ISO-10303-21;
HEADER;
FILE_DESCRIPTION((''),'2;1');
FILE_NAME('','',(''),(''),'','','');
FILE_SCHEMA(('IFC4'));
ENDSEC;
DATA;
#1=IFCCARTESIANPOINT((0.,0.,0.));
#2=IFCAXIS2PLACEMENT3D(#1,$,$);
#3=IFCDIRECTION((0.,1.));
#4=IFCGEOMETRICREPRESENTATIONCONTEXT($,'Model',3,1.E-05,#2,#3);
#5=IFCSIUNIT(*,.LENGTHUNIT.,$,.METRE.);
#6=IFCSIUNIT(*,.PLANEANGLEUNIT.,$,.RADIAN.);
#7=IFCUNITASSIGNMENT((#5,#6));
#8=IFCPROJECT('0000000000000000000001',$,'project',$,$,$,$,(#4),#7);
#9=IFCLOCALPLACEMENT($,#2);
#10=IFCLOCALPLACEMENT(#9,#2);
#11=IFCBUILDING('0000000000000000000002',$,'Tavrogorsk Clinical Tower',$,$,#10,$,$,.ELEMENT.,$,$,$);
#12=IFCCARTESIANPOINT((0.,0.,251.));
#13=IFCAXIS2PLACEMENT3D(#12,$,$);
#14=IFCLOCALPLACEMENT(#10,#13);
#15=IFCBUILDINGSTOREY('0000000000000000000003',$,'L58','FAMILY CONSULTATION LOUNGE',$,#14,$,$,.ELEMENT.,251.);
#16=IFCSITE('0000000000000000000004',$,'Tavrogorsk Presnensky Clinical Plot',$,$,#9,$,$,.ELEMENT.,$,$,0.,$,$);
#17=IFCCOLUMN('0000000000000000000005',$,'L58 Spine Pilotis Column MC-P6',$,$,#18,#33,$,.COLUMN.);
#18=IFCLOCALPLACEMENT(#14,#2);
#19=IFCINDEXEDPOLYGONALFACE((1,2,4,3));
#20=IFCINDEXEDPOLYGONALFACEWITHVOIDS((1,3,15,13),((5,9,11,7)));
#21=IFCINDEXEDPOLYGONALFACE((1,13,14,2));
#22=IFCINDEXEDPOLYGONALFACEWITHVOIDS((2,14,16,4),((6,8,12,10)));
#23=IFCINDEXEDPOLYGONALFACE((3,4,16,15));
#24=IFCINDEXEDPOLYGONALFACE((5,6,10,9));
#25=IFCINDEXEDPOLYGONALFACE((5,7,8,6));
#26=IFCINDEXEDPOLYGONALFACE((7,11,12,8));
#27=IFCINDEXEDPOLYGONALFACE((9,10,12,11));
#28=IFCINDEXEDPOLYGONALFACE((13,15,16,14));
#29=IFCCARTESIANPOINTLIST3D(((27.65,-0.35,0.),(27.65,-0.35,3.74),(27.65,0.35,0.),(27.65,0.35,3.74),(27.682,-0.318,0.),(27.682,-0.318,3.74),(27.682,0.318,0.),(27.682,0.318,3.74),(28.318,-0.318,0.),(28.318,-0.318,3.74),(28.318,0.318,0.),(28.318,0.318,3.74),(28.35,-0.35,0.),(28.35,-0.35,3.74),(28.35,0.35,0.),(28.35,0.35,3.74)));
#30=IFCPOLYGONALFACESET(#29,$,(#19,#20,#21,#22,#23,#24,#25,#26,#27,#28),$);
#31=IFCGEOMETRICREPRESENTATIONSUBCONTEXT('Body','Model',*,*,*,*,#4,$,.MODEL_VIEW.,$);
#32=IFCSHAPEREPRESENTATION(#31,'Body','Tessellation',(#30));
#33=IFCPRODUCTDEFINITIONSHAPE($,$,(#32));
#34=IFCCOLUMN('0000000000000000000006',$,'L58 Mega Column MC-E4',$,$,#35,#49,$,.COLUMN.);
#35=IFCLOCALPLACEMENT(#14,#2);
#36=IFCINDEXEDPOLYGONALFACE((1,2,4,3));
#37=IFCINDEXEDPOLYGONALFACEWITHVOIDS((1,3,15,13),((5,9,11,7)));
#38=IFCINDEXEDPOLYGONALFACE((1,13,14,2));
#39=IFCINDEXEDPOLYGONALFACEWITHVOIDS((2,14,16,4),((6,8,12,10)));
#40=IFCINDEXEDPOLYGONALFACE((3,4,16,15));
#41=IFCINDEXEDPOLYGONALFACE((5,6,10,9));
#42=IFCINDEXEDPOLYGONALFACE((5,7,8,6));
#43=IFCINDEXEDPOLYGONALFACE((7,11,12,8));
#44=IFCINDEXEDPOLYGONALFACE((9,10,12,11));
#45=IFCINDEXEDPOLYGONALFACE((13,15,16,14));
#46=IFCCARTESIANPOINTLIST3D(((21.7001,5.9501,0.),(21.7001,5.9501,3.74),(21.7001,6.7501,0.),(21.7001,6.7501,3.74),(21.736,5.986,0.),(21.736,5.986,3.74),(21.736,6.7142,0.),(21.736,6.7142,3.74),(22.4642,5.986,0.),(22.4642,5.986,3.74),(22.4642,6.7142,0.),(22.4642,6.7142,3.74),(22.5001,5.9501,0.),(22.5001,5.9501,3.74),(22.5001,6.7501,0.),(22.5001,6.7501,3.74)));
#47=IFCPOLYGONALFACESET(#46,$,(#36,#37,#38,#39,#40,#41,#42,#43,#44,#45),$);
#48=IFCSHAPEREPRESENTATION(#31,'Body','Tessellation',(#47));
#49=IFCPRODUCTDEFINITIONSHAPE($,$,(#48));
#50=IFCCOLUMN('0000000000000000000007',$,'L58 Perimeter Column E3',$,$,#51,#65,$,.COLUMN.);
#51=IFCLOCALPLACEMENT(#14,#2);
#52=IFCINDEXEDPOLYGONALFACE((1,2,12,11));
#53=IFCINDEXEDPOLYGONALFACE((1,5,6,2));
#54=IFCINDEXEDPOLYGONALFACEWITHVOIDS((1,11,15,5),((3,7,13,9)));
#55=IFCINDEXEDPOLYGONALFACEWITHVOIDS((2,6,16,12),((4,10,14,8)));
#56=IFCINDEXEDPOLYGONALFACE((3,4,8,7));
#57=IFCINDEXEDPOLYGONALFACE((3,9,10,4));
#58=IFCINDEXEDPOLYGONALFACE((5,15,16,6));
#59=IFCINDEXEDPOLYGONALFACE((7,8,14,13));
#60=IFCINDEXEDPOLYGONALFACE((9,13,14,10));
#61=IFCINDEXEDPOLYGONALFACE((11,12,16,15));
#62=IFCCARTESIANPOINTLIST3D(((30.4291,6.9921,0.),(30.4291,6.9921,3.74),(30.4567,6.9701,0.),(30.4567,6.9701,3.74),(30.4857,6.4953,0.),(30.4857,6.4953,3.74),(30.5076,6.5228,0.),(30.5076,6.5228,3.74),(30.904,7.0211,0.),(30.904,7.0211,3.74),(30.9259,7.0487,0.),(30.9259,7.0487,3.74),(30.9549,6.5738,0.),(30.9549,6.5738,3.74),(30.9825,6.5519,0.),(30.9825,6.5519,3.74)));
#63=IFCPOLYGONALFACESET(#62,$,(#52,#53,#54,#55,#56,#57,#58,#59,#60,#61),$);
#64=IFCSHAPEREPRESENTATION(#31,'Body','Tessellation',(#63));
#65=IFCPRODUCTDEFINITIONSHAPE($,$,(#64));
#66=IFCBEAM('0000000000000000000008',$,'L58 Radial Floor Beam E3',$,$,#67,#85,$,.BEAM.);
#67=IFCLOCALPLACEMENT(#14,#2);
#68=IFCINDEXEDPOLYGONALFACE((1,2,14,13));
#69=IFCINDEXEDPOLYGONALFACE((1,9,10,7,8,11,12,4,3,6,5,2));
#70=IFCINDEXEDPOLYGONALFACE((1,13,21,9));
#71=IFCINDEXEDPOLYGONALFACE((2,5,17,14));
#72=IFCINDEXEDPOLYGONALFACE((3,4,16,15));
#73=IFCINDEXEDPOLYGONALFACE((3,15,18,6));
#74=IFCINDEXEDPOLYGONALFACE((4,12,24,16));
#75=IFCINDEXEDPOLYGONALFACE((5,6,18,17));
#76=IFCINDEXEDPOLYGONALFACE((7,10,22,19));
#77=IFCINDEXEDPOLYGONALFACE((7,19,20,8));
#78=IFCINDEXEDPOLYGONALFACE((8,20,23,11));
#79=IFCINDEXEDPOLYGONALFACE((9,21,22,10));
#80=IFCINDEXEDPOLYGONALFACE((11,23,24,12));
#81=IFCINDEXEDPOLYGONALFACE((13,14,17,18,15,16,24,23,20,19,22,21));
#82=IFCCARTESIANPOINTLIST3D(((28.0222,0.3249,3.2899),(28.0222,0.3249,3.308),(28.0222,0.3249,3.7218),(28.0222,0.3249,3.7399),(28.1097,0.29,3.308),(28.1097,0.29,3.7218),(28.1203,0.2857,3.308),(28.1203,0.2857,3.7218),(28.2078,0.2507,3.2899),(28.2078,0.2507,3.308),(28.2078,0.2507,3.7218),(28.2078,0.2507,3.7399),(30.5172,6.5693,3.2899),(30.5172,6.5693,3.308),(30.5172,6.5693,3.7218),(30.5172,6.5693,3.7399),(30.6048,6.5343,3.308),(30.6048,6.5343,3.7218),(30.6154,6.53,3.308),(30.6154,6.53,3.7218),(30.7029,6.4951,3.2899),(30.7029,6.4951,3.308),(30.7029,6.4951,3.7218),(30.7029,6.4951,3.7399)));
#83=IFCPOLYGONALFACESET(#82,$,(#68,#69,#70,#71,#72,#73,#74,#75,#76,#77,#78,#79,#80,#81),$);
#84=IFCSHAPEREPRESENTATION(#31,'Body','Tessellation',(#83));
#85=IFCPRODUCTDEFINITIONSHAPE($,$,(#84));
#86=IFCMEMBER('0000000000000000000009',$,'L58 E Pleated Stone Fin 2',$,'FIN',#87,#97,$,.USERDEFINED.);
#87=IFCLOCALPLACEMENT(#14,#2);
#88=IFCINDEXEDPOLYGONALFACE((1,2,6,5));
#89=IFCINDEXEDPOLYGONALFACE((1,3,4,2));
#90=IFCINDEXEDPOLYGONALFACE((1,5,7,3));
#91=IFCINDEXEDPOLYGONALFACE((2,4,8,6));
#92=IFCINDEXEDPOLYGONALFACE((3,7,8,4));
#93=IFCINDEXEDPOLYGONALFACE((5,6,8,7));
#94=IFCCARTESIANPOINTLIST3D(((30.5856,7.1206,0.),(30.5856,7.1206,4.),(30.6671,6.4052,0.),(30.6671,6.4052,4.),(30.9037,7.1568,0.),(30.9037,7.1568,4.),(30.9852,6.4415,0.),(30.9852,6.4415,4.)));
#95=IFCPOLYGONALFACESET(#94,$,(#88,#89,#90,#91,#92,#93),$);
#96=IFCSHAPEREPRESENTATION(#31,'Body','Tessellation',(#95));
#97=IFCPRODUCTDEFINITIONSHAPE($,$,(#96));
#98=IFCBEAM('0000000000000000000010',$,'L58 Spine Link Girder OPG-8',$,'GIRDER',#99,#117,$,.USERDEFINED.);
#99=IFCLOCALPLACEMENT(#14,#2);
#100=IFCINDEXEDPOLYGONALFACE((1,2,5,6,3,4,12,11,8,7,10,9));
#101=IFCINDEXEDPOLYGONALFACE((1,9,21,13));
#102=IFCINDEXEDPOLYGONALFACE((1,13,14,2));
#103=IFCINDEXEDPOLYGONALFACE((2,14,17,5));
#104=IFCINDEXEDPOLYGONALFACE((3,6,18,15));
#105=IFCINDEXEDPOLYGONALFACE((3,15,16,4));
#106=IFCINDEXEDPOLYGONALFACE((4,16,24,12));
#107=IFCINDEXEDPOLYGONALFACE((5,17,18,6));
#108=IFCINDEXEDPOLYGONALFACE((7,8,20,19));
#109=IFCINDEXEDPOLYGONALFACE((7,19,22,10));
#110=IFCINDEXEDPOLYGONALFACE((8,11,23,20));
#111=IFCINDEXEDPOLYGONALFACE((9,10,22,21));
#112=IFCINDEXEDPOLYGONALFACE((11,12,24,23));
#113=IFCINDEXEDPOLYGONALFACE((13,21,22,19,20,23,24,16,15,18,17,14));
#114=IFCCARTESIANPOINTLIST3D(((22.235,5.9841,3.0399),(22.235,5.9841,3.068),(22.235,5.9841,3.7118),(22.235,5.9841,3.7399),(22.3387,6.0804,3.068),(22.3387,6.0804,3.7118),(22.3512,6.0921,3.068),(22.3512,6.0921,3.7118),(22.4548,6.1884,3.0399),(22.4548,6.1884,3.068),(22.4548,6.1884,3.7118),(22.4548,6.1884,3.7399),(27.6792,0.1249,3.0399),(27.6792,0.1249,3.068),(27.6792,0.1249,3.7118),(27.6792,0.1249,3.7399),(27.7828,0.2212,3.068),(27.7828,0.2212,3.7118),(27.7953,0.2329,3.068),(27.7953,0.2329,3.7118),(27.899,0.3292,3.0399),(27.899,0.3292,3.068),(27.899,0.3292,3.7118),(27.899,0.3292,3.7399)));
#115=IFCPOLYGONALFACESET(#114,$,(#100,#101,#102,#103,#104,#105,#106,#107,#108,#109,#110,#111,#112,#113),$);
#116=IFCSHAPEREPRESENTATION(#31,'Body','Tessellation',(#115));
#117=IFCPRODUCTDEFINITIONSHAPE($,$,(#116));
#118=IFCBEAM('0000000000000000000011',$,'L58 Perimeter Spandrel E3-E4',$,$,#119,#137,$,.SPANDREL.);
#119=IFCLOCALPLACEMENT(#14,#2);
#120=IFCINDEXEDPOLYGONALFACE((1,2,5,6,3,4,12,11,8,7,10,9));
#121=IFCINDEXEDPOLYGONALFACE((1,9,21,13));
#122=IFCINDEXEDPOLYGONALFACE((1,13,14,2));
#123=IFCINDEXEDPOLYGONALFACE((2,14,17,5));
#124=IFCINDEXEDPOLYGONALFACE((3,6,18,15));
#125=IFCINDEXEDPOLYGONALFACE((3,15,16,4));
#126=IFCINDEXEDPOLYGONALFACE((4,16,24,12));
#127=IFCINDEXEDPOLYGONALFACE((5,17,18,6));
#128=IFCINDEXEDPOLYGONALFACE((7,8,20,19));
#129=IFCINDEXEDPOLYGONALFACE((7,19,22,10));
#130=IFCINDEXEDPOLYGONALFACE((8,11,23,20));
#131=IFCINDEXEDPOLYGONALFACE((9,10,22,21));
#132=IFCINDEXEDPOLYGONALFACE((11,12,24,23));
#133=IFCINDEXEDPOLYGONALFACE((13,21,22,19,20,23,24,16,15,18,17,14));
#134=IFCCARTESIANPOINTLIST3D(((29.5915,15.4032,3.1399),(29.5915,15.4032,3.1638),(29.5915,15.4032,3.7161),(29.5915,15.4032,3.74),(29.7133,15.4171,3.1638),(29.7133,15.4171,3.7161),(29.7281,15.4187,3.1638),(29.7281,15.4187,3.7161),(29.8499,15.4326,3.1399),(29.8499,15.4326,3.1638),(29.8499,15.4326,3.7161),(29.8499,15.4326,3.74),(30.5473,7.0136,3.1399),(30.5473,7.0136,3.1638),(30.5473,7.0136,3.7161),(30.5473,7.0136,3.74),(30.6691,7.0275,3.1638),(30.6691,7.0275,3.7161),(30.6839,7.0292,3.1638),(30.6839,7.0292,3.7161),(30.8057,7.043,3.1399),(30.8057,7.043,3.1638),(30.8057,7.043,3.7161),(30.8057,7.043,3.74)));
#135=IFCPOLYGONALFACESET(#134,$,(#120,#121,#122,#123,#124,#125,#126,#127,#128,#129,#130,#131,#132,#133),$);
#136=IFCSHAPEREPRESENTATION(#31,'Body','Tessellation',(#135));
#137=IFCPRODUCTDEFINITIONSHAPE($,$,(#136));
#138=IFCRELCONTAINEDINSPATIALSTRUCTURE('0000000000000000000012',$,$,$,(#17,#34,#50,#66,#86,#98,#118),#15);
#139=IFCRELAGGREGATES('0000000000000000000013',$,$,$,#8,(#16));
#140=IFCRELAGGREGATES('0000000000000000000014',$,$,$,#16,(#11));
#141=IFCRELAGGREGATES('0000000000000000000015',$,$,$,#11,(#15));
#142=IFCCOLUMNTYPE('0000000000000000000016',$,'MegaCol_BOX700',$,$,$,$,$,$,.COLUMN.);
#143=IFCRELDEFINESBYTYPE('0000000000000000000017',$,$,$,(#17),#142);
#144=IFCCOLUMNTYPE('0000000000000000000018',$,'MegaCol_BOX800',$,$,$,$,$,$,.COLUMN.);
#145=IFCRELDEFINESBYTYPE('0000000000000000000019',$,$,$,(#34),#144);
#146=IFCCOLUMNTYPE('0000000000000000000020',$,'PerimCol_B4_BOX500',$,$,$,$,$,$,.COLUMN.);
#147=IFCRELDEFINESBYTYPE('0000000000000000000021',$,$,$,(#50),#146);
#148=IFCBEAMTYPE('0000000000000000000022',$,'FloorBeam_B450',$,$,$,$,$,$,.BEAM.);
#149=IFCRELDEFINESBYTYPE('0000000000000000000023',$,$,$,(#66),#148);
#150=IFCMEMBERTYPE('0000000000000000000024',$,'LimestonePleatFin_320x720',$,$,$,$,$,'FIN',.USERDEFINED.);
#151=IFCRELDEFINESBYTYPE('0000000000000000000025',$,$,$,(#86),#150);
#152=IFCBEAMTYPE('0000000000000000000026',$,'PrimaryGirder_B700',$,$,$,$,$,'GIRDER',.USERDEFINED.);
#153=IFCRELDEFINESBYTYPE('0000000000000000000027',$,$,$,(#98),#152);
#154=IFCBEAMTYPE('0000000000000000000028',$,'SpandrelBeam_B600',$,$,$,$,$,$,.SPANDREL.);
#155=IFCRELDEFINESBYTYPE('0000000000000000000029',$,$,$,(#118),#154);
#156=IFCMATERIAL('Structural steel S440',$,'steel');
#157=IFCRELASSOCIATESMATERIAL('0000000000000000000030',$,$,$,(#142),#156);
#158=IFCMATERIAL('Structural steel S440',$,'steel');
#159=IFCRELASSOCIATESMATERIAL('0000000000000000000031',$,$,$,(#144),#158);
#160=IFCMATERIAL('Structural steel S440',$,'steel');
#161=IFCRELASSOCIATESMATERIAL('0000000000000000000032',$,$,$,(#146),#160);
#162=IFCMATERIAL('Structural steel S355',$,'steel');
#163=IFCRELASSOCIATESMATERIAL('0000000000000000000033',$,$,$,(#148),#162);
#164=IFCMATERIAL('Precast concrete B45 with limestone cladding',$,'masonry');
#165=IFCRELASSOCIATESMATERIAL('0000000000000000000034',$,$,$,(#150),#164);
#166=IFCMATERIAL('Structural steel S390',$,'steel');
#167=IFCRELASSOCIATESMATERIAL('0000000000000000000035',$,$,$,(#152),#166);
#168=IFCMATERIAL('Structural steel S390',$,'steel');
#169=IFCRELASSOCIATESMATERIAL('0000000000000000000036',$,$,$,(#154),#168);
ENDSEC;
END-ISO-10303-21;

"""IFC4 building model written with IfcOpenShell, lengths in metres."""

from ifc_helpers import new_model, si_unit, direction, frame, origin, origin_2d, place, context, subcontext, project, spatial, rectangle, hollow_rectangle, i_section, extrude, material, material_profile, profile_set, type_object, element, save


model = new_model("IFC4")

# Units and contexts
model_context = context("Model", 3, precision=1e-05, world=origin(), true_north=direction((0.0, 1.0)))
body_context = subcontext(model_context, "Body", "Model", "MODEL_VIEW")
ifc_project = project(units=[si_unit("LENGTHUNIT", "METRE"), si_unit("PLANEANGLEUNIT", "RADIAN")], contexts=[model_context])

# Site, building, storey
site_placement = place(None, origin())
site = spatial("IfcSite", under=ifc_project, at=site_placement, Name="Tavrogorsk Presnensky Clinical Plot", CompositionType="ELEMENT", RefElevation=0.0)
building_placement = place(site_placement, origin())
building = spatial("IfcBuilding", under=site, at=building_placement, Name="Tavrogorsk Clinical Tower", CompositionType="ELEMENT")
storey_placement = place(building_placement, frame((0.0, 0.0, 251.0)))
storey = spatial("IfcBuildingStorey", under=building, at=storey_placement, Name="L58", Description="FAMILY CONSULTATION LOUNGE", CompositionType="ELEMENT", Elevation=251.0)

# Columns
ifc_material_1 = material(Name="Structural steel S440", Category="steel")
ifc_material_profile_1 = material_profile(ifc_material_1, hollow_rectangle(XDim=0.7, YDim=0.7, WallThickness=0.032, at=origin_2d()), Name="BOX-700x700x32")
ifc_profile_set_1 = profile_set([ifc_material_profile_1], Name="Structural steel S440")
column_type_1 = type_object("IfcColumnType", Name="MegaCol_BOX700", PredefinedType="COLUMN", material=ifc_profile_set_1)
column_1_placement = place(storey_placement, frame((28.0, 0.0, 0.0), z_axis=(0.0, 0.0, 1.0), x_axis=(1.0, 0.0, 0.0)))
element("IfcColumn", 1, at=column_1_placement, inside=storey, type_object=column_type_1, Name="L58 Spine Pilotis Column MC-P6", PredefinedType="COLUMN", context=body_context, shape_type="SweptSolid", body=[
    extrude(hollow_rectangle(XDim=0.7, YDim=0.7, WallThickness=0.032, at=origin_2d()), origin(), (0.0, 0.0, 1.0), 3.74),
])
ifc_material_2 = material(Name="Structural steel S440", Category="steel")
ifc_material_profile_2 = material_profile(ifc_material_2, hollow_rectangle(XDim=0.8, YDim=0.8, WallThickness=0.0359, at=origin_2d()), Name="BOX-800x800x36")
ifc_profile_set_2 = profile_set([ifc_material_profile_2], Name="Structural steel S440")
column_type_2 = type_object("IfcColumnType", Name="MegaCol_BOX800", PredefinedType="COLUMN", material=ifc_profile_set_2)
column_2_placement = place(storey_placement, frame((22.1001, 6.3501, 0.0), z_axis=(0.0, 0.0, 1.0), x_axis=(1.0, 0.0, 0.0)))
element("IfcColumn", 2, at=column_2_placement, inside=storey, type_object=column_type_2, Name="L58 Mega Column MC-E4", PredefinedType="COLUMN", context=body_context, shape_type="SweptSolid", body=[
    extrude(hollow_rectangle(XDim=0.8, YDim=0.8, WallThickness=0.0359, at=origin_2d()), origin(), (0.0, 0.0, 1.0), 3.74),
])
ifc_material_3 = material(Name="Structural steel S440", Category="steel")
ifc_material_profile_3 = material_profile(ifc_material_3, hollow_rectangle(XDim=0.5, YDim=0.5, WallThickness=0.0249, at=origin_2d()), Name="BOX-500x500x25")
ifc_profile_set_3 = profile_set([ifc_material_profile_3], Name="Structural steel S440")
column_type_3 = type_object("IfcColumnType", Name="PerimCol_B4_BOX500", PredefinedType="COLUMN", material=ifc_profile_set_3)
column_3_placement = place(storey_placement, frame((30.7058, 6.772, 0.0), z_axis=(0.0, 0.0, 1.0), x_axis=(0.993572, 0.113203, 0.0)))
element("IfcColumn", 3, at=column_3_placement, inside=storey, type_object=column_type_3, Name="L58 Perimeter Column E3", PredefinedType="COLUMN", context=body_context, shape_type="SweptSolid", body=[
    extrude(hollow_rectangle(XDim=0.5, YDim=0.5, WallThickness=0.0249, at=origin_2d()), origin(), (0.0, 0.0, 1.0), 3.74),
])

# Beam
ifc_material_4 = material(Name="Structural steel S355", Category="steel")
ifc_material_profile_4 = material_profile(ifc_material_4, i_section(OverallWidth=0.2, OverallDepth=0.45, WebThickness=0.0115, FlangeThickness=0.0181, at=origin_2d()), Name="B-450x200x11.5x18")
ifc_profile_set_4 = profile_set([ifc_material_profile_4], Name="Structural steel S355")
beam_type_1 = type_object("IfcBeamType", Name="FloorBeam_B450", PredefinedType="BEAM", material=ifc_profile_set_4)
beam_1_placement = place(storey_placement, frame((28.115, 0.2878, 3.5149), z_axis=(0.371053, 0.928612, 0.0), x_axis=(-0.928612, 0.371053, 0.0)))
element("IfcBeam", 4, at=beam_1_placement, inside=storey, type_object=beam_type_1, Name="L58 Radial Floor Beam E3", PredefinedType="BEAM", context=body_context, shape_type="SweptSolid", body=[
    extrude(i_section(OverallWidth=0.2, OverallDepth=0.45, WebThickness=0.0115, FlangeThickness=0.0181, at=origin_2d()), origin(), (0.0, 0.0, 1.0), 6.7244),
])

# Member
ifc_material_5 = material(Name="Precast concrete B45 with limestone cladding", Category="masonry")
ifc_material_profile_5 = material_profile(ifc_material_5, rectangle(XDim=0.3201, YDim=0.72, at=origin_2d()), Name="LIMESTONE-FIN-320x720")
ifc_profile_set_5 = profile_set([ifc_material_profile_5], Name="Precast concrete B45 with limestone cladding")
member_type = type_object("IfcMemberType", Name="LimestonePleatFin_320x720", ElementType="FIN", PredefinedType="USERDEFINED", material=ifc_profile_set_5)
member_placement = place(storey_placement, frame((30.7854, 6.781, 0.0), z_axis=(0.0, 0.0, 1.0), x_axis=(0.993572, 0.113203, 0.0)))
element("IfcMember", 5, at=member_placement, inside=storey, type_object=member_type, Name="L58 E Pleated Stone Fin 2", ObjectType="FIN", PredefinedType="USERDEFINED", context=body_context, shape_type="SweptSolid", body=[
    extrude(rectangle(XDim=0.3201, YDim=0.72, at=origin_2d()), origin(), (0.0, 0.0, 1.0), 4.0),
])

# Beams
ifc_material_6 = material(Name="Structural steel S390", Category="steel")
ifc_material_profile_6 = material_profile(ifc_material_6, i_section(OverallWidth=0.3, OverallDepth=0.7, WebThickness=0.0171, FlangeThickness=0.0281, at=origin_2d()), Name="B-700x300x17x28")
ifc_profile_set_6 = profile_set([ifc_material_profile_6], Name="Structural steel S390")
beam_type_2 = type_object("IfcBeamType", Name="PrimaryGirder_B700", ElementType="GIRDER", PredefinedType="USERDEFINED", material=ifc_profile_set_6)
beam_2_placement = place(storey_placement, frame((27.7891, 0.2271, 3.3899), z_axis=(-0.680684, 0.732577, 0.0), x_axis=(-0.732577, -0.680684, 0.0)))
element("IfcBeam", 6, at=beam_2_placement, inside=storey, type_object=beam_type_2, Name="L58 Spine Link Girder OPG-8", ObjectType="GIRDER", PredefinedType="USERDEFINED", context=body_context, shape_type="SweptSolid", body=[
    extrude(i_section(OverallWidth=0.3, OverallDepth=0.7, WebThickness=0.0171, FlangeThickness=0.0281, at=origin_2d()), origin(), (0.0, 0.0, 1.0), 7.998),
])
ifc_material_7 = material(Name="Structural steel S390", Category="steel")
ifc_material_profile_7 = material_profile(ifc_material_7, i_section(OverallWidth=0.26, OverallDepth=0.6001, WebThickness=0.0149, FlangeThickness=0.0239, at=origin_2d()), Name="B-600x260x15x24")
ifc_profile_set_7 = profile_set([ifc_material_profile_7], Name="Structural steel S390")
beam_type_3 = type_object("IfcBeamType", Name="SpandrelBeam_B600", PredefinedType="SPANDREL", material=ifc_profile_set_7)
beam_3_placement = place(storey_placement, frame((30.6765, 7.0283, 3.4399), z_axis=(-0.113195, 0.993573, 0.0), x_axis=(-0.993573, -0.113195, 0.0)))
element("IfcBeam", 7, at=beam_3_placement, inside=storey, type_object=beam_type_3, Name="L58 Perimeter Spandrel E3-E4", PredefinedType="SPANDREL", context=body_context, shape_type="SweptSolid", body=[
    extrude(i_section(OverallWidth=0.26, OverallDepth=0.6001, WebThickness=0.0149, FlangeThickness=0.0239, at=origin_2d()), origin(), (0.0, 0.0, 1.0), 8.4438),
])

save(model, "model.ifc")
